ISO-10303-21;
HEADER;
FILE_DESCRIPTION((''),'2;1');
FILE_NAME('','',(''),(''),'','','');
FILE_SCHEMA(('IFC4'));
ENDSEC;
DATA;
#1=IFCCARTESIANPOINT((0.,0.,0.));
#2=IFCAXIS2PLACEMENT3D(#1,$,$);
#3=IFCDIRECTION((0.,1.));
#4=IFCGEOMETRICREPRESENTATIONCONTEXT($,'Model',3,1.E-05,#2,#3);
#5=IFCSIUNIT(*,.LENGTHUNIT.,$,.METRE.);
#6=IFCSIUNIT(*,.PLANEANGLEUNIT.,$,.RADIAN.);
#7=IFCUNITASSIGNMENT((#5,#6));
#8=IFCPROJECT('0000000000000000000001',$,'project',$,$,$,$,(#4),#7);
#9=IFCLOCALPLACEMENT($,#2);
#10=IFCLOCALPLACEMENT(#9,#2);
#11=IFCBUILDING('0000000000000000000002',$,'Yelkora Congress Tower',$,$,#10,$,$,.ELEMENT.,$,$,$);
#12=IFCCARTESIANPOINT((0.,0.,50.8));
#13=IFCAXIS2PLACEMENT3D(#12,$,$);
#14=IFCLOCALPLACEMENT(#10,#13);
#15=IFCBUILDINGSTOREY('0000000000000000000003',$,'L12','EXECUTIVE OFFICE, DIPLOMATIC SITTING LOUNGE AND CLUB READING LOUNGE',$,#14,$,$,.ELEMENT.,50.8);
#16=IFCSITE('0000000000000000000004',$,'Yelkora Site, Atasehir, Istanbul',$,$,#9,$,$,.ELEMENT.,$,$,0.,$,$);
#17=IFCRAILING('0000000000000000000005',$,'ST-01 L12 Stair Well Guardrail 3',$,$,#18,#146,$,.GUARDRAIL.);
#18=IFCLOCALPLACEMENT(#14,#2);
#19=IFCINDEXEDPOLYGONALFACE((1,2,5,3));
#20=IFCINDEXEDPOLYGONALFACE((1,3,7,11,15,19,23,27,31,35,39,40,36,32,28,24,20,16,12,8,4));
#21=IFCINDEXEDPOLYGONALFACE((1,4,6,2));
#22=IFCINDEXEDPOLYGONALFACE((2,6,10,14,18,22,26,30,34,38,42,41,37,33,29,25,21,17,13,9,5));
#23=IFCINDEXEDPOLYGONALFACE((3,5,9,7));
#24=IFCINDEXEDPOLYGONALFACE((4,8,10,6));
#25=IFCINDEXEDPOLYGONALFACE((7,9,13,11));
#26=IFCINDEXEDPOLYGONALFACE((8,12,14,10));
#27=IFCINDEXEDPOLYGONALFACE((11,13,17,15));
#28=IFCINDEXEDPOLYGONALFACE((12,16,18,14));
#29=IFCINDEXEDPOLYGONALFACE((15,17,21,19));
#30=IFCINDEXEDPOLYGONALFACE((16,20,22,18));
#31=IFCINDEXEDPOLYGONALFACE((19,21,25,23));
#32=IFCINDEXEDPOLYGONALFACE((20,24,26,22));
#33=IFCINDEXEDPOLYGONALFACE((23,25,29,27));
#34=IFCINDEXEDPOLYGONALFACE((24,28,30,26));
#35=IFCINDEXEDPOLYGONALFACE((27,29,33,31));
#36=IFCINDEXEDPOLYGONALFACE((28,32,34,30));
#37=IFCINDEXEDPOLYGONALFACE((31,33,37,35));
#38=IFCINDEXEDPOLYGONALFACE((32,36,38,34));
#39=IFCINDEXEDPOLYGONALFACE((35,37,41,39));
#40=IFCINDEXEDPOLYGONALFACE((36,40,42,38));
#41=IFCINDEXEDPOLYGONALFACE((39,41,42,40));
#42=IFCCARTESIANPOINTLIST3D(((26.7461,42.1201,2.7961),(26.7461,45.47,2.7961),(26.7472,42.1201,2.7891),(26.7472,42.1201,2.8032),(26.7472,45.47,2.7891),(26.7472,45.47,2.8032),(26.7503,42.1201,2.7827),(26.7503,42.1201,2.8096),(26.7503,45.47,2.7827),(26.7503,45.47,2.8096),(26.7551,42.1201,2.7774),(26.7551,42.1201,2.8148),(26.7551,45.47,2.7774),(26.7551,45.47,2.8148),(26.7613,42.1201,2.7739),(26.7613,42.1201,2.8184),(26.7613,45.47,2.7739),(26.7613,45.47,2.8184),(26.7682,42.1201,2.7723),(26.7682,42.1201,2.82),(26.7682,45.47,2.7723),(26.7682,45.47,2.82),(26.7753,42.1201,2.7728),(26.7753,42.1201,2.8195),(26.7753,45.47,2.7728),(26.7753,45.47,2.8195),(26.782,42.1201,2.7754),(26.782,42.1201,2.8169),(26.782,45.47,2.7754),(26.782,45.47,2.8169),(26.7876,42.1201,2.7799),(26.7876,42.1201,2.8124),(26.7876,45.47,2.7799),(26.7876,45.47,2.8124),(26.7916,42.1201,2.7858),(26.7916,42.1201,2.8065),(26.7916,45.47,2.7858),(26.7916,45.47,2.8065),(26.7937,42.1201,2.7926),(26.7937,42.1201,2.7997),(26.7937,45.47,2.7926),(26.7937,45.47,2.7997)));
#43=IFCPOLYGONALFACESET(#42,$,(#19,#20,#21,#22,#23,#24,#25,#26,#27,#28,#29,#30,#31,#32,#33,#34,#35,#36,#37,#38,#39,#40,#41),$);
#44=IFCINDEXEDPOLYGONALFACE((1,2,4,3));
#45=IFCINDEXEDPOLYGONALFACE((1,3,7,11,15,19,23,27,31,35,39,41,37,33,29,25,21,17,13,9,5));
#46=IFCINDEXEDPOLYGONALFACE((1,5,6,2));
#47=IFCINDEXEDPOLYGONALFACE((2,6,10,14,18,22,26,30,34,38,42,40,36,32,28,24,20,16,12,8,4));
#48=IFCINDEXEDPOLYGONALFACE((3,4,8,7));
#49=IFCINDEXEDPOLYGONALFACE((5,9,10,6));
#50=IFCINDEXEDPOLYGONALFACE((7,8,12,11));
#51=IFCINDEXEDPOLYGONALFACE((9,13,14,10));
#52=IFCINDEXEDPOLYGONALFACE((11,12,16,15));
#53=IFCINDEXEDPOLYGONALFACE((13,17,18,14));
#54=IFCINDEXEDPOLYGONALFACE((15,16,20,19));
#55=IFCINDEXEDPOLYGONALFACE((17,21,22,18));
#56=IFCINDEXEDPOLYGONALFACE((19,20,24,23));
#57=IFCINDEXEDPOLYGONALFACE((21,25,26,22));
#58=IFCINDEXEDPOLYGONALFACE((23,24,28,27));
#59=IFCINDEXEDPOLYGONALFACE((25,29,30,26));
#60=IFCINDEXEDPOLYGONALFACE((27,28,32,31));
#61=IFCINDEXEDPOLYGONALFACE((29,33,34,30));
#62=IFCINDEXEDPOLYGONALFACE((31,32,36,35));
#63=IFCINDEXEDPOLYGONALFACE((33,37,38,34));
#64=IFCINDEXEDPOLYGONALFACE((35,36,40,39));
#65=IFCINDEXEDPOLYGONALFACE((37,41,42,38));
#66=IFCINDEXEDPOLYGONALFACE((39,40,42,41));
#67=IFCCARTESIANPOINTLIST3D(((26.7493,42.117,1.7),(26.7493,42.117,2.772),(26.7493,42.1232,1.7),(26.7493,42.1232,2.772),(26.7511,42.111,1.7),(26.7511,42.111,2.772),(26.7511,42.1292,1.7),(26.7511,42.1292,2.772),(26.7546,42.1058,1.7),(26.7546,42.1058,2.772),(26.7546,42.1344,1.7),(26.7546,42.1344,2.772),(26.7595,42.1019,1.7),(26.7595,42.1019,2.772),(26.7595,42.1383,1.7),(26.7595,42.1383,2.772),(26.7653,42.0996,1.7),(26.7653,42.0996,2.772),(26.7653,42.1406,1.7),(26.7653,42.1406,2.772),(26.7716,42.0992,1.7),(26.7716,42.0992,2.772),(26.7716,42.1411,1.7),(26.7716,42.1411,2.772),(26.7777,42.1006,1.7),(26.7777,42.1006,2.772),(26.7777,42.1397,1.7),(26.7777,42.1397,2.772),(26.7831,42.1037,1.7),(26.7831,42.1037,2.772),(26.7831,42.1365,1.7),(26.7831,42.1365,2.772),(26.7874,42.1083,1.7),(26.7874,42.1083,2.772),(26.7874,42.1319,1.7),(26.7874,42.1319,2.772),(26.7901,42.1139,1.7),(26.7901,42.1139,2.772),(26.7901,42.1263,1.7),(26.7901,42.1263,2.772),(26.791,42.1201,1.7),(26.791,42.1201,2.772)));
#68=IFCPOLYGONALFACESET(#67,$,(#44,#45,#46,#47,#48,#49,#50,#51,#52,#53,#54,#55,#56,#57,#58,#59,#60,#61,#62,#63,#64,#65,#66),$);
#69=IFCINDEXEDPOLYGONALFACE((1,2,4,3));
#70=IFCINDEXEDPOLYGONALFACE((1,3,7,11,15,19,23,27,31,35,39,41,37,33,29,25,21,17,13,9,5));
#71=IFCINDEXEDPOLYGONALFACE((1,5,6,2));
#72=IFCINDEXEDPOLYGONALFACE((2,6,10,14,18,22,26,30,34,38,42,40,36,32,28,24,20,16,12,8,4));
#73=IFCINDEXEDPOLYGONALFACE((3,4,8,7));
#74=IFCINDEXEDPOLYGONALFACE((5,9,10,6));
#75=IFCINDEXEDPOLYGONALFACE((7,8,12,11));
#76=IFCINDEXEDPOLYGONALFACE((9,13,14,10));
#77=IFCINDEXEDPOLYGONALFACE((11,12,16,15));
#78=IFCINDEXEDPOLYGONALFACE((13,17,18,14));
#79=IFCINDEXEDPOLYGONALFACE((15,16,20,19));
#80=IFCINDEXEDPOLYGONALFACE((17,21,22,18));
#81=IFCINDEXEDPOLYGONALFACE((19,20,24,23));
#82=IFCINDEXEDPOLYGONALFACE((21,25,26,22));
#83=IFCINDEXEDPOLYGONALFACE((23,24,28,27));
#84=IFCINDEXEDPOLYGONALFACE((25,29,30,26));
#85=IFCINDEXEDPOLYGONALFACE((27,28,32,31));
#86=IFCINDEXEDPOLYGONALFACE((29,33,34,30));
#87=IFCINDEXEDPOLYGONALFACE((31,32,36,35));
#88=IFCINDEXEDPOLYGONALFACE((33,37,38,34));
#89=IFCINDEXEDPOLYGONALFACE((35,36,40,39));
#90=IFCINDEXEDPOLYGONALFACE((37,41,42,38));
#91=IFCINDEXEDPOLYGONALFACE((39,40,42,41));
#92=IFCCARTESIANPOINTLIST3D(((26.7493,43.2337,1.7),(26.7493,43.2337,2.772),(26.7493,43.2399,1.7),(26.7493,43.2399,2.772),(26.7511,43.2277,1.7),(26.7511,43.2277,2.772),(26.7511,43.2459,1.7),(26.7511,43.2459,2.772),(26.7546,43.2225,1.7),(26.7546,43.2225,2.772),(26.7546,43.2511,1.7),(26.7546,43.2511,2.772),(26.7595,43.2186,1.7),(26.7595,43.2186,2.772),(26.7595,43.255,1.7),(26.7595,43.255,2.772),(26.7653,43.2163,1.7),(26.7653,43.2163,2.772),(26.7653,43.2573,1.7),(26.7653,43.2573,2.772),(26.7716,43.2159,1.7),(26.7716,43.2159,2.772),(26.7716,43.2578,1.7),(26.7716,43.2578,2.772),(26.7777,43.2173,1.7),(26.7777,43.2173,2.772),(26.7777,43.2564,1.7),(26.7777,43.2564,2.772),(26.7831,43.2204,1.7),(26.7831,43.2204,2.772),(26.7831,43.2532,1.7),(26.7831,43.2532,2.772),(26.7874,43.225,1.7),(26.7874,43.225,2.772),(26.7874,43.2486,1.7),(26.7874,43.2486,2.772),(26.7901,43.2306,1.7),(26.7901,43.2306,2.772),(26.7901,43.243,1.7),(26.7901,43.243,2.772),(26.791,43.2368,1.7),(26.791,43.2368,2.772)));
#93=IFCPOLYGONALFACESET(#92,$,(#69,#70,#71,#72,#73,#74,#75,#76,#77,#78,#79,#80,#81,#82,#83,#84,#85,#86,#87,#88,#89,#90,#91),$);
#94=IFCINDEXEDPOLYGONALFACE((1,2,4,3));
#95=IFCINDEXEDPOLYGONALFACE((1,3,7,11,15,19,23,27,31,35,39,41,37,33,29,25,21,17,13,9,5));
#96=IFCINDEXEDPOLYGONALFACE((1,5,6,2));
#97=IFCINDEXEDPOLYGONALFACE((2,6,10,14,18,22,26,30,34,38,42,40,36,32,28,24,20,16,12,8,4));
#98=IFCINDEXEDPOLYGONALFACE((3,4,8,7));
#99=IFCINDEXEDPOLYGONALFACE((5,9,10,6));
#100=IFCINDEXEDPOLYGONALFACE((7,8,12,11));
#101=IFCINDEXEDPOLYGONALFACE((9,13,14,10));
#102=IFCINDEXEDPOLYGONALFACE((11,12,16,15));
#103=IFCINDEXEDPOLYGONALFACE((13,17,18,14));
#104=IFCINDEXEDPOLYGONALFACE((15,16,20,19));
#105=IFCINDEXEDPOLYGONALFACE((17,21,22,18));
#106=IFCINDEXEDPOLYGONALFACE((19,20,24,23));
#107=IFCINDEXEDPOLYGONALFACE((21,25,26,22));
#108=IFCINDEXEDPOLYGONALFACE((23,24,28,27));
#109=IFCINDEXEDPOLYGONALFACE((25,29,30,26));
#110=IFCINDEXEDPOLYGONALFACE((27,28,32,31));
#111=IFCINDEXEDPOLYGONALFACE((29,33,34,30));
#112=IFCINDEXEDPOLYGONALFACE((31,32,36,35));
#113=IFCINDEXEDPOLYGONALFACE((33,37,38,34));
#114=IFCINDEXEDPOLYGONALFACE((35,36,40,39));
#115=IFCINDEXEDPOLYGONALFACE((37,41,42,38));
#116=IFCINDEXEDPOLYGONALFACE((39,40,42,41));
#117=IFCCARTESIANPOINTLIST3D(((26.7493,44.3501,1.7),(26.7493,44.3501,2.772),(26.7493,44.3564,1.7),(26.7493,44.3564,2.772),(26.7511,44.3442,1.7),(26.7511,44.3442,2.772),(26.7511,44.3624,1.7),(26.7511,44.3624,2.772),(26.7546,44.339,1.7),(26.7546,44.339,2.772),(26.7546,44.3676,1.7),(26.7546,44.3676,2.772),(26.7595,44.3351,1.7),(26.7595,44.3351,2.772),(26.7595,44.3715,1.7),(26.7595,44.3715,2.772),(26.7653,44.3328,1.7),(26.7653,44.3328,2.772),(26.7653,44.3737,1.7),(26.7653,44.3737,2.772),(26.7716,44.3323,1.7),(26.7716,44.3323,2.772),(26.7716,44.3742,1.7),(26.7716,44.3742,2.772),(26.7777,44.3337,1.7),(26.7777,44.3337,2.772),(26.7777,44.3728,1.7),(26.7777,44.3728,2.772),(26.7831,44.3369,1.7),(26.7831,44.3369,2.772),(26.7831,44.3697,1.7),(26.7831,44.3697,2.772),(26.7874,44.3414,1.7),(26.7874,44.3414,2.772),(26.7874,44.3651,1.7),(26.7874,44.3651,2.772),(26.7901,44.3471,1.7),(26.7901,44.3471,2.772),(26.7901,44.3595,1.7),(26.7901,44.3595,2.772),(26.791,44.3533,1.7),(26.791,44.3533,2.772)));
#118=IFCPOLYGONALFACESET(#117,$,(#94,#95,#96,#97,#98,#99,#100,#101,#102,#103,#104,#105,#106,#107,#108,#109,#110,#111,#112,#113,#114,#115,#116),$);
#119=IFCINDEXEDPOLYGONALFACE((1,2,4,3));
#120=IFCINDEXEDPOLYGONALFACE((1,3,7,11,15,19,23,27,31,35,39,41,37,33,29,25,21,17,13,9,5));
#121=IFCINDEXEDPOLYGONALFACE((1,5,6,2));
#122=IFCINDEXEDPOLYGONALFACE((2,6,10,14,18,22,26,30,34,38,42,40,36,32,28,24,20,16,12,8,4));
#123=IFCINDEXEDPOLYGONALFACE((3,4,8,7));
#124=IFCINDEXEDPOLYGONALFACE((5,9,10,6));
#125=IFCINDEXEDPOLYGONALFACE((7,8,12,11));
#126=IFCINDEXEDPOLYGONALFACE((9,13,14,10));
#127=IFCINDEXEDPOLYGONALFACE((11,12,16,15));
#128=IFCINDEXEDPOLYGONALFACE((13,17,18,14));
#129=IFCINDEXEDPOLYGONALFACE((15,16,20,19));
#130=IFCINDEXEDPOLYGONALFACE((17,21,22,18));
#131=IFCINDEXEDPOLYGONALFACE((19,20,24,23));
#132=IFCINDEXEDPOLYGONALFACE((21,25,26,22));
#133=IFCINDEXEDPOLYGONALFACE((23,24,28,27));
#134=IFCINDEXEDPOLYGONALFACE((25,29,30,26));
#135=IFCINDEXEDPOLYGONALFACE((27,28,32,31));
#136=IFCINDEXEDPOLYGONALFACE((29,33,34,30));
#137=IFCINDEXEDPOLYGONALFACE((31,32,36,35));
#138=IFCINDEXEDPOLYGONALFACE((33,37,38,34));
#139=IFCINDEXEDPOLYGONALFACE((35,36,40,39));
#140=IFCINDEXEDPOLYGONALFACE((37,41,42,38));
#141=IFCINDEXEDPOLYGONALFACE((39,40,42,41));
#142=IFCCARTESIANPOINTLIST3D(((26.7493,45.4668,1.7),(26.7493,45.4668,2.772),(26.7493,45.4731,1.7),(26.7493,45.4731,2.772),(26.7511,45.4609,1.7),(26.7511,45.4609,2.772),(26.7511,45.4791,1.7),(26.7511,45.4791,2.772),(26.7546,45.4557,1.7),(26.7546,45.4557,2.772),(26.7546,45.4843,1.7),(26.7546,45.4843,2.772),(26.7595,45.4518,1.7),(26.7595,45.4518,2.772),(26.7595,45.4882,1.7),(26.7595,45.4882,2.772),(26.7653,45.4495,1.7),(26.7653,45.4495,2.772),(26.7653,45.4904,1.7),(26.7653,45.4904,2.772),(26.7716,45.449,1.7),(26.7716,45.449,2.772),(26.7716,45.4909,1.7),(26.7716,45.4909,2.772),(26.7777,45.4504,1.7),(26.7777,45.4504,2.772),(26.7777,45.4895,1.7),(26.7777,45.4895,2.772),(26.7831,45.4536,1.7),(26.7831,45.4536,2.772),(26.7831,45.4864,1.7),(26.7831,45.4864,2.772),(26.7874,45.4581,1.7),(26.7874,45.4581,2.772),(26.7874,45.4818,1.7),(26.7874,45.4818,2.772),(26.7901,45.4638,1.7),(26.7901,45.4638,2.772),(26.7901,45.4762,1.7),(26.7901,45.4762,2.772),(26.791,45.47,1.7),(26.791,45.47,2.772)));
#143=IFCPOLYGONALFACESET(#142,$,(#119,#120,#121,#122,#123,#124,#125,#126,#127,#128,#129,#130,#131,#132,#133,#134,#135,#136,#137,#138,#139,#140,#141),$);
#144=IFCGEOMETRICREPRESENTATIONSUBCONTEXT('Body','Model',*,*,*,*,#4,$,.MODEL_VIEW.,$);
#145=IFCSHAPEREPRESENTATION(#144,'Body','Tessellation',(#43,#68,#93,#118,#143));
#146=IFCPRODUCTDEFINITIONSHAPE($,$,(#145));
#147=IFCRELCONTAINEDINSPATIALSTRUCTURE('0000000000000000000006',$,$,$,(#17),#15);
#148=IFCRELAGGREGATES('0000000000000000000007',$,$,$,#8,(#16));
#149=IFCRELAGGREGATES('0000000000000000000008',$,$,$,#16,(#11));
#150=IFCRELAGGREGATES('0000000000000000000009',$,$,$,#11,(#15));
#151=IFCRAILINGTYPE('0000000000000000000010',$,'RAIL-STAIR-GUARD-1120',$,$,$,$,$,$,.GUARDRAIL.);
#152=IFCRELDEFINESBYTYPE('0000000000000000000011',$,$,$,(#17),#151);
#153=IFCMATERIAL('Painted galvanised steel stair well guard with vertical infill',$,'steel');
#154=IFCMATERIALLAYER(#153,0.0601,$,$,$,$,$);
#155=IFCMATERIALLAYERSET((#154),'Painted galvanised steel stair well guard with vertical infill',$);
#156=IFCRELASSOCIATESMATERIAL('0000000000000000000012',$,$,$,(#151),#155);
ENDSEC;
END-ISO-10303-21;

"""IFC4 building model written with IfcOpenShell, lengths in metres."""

from ifc_helpers import new_model, si_unit, direction, frame, origin, origin_2d, place, context, subcontext, project, spatial, circle, extrude, material, layer, layer_set, type_object, element, save


model = new_model("IFC4")

# Units and contexts
model_context = context("Model", 3, precision=1e-05, world=origin(), true_north=direction((0.0, 1.0)))
body_context = subcontext(model_context, "Body", "Model", "MODEL_VIEW")
ifc_project = project(units=[si_unit("LENGTHUNIT", "METRE"), si_unit("PLANEANGLEUNIT", "RADIAN")], contexts=[model_context])

# Site, building, storey
site_placement = place(None, origin())
site = spatial("IfcSite", under=ifc_project, at=site_placement, Name="Yelkora Site, Atasehir, Istanbul", CompositionType="ELEMENT", RefElevation=0.0)
building_placement = place(site_placement, origin())
building = spatial("IfcBuilding", under=site, at=building_placement, Name="Yelkora Congress Tower", CompositionType="ELEMENT")
storey_placement = place(building_placement, frame((0.0, 0.0, 50.8)))
storey = spatial("IfcBuildingStorey", under=building, at=storey_placement, Name="L12", Description="EXECUTIVE OFFICE, DIPLOMATIC SITTING LOUNGE AND CLUB READING LOUNGE", CompositionType="ELEMENT", Elevation=50.8)

# Railing
ifc_material_1 = material(Name="Painted galvanised steel stair well guard with vertical infill", Category="steel")
ifc_layer_1 = layer(ifc_material_1, 0.0601)
ifc_layer_set_1 = layer_set([ifc_layer_1], Name="Painted galvanised steel stair well guard with vertical infill")
railing_type_1 = type_object("IfcRailingType", Name="RAIL-STAIR-GUARD-1120", PredefinedType="GUARDRAIL", material=ifc_layer_set_1)
for number, where, name in (
    (1, (26.77, 42.1201, 1.7), "ST-01 L12 Stair Well Guardrail 3"),
):
    element("IfcRailing", number, at=place(storey_placement, frame(where)), inside=storey, type_object=railing_type_1, Name=name, PredefinedType="GUARDRAIL", context=body_context, shape_type="SweptSolid", body=[
        extrude(circle(Radius=0.0239, at=origin_2d()), frame((0.0, 0.0, 1.0962), z_axis=(0.0, 1.0, 0.0), x_axis=(-1.0, 0.0, 0.0)), (0.0, 0.0, 1.0), 3.3499),
        extrude(circle(Radius=0.021, at=origin_2d()), origin(), (0.0, 0.0, 1.0), 1.072),
        extrude(circle(Radius=0.021, at=origin_2d()), frame((0.0, 1.1167, 0.0)), (0.0, 0.0, 1.0), 1.072),
        extrude(circle(Radius=0.021, at=origin_2d()), frame((0.0, 2.2332, 0.0)), (0.0, 0.0, 1.0), 1.072),
        extrude(circle(Radius=0.021, at=origin_2d()), frame((0.0, 3.3499, 0.0)), (0.0, 0.0, 1.0), 1.072),
    ])

save(model, "model.ifc")
